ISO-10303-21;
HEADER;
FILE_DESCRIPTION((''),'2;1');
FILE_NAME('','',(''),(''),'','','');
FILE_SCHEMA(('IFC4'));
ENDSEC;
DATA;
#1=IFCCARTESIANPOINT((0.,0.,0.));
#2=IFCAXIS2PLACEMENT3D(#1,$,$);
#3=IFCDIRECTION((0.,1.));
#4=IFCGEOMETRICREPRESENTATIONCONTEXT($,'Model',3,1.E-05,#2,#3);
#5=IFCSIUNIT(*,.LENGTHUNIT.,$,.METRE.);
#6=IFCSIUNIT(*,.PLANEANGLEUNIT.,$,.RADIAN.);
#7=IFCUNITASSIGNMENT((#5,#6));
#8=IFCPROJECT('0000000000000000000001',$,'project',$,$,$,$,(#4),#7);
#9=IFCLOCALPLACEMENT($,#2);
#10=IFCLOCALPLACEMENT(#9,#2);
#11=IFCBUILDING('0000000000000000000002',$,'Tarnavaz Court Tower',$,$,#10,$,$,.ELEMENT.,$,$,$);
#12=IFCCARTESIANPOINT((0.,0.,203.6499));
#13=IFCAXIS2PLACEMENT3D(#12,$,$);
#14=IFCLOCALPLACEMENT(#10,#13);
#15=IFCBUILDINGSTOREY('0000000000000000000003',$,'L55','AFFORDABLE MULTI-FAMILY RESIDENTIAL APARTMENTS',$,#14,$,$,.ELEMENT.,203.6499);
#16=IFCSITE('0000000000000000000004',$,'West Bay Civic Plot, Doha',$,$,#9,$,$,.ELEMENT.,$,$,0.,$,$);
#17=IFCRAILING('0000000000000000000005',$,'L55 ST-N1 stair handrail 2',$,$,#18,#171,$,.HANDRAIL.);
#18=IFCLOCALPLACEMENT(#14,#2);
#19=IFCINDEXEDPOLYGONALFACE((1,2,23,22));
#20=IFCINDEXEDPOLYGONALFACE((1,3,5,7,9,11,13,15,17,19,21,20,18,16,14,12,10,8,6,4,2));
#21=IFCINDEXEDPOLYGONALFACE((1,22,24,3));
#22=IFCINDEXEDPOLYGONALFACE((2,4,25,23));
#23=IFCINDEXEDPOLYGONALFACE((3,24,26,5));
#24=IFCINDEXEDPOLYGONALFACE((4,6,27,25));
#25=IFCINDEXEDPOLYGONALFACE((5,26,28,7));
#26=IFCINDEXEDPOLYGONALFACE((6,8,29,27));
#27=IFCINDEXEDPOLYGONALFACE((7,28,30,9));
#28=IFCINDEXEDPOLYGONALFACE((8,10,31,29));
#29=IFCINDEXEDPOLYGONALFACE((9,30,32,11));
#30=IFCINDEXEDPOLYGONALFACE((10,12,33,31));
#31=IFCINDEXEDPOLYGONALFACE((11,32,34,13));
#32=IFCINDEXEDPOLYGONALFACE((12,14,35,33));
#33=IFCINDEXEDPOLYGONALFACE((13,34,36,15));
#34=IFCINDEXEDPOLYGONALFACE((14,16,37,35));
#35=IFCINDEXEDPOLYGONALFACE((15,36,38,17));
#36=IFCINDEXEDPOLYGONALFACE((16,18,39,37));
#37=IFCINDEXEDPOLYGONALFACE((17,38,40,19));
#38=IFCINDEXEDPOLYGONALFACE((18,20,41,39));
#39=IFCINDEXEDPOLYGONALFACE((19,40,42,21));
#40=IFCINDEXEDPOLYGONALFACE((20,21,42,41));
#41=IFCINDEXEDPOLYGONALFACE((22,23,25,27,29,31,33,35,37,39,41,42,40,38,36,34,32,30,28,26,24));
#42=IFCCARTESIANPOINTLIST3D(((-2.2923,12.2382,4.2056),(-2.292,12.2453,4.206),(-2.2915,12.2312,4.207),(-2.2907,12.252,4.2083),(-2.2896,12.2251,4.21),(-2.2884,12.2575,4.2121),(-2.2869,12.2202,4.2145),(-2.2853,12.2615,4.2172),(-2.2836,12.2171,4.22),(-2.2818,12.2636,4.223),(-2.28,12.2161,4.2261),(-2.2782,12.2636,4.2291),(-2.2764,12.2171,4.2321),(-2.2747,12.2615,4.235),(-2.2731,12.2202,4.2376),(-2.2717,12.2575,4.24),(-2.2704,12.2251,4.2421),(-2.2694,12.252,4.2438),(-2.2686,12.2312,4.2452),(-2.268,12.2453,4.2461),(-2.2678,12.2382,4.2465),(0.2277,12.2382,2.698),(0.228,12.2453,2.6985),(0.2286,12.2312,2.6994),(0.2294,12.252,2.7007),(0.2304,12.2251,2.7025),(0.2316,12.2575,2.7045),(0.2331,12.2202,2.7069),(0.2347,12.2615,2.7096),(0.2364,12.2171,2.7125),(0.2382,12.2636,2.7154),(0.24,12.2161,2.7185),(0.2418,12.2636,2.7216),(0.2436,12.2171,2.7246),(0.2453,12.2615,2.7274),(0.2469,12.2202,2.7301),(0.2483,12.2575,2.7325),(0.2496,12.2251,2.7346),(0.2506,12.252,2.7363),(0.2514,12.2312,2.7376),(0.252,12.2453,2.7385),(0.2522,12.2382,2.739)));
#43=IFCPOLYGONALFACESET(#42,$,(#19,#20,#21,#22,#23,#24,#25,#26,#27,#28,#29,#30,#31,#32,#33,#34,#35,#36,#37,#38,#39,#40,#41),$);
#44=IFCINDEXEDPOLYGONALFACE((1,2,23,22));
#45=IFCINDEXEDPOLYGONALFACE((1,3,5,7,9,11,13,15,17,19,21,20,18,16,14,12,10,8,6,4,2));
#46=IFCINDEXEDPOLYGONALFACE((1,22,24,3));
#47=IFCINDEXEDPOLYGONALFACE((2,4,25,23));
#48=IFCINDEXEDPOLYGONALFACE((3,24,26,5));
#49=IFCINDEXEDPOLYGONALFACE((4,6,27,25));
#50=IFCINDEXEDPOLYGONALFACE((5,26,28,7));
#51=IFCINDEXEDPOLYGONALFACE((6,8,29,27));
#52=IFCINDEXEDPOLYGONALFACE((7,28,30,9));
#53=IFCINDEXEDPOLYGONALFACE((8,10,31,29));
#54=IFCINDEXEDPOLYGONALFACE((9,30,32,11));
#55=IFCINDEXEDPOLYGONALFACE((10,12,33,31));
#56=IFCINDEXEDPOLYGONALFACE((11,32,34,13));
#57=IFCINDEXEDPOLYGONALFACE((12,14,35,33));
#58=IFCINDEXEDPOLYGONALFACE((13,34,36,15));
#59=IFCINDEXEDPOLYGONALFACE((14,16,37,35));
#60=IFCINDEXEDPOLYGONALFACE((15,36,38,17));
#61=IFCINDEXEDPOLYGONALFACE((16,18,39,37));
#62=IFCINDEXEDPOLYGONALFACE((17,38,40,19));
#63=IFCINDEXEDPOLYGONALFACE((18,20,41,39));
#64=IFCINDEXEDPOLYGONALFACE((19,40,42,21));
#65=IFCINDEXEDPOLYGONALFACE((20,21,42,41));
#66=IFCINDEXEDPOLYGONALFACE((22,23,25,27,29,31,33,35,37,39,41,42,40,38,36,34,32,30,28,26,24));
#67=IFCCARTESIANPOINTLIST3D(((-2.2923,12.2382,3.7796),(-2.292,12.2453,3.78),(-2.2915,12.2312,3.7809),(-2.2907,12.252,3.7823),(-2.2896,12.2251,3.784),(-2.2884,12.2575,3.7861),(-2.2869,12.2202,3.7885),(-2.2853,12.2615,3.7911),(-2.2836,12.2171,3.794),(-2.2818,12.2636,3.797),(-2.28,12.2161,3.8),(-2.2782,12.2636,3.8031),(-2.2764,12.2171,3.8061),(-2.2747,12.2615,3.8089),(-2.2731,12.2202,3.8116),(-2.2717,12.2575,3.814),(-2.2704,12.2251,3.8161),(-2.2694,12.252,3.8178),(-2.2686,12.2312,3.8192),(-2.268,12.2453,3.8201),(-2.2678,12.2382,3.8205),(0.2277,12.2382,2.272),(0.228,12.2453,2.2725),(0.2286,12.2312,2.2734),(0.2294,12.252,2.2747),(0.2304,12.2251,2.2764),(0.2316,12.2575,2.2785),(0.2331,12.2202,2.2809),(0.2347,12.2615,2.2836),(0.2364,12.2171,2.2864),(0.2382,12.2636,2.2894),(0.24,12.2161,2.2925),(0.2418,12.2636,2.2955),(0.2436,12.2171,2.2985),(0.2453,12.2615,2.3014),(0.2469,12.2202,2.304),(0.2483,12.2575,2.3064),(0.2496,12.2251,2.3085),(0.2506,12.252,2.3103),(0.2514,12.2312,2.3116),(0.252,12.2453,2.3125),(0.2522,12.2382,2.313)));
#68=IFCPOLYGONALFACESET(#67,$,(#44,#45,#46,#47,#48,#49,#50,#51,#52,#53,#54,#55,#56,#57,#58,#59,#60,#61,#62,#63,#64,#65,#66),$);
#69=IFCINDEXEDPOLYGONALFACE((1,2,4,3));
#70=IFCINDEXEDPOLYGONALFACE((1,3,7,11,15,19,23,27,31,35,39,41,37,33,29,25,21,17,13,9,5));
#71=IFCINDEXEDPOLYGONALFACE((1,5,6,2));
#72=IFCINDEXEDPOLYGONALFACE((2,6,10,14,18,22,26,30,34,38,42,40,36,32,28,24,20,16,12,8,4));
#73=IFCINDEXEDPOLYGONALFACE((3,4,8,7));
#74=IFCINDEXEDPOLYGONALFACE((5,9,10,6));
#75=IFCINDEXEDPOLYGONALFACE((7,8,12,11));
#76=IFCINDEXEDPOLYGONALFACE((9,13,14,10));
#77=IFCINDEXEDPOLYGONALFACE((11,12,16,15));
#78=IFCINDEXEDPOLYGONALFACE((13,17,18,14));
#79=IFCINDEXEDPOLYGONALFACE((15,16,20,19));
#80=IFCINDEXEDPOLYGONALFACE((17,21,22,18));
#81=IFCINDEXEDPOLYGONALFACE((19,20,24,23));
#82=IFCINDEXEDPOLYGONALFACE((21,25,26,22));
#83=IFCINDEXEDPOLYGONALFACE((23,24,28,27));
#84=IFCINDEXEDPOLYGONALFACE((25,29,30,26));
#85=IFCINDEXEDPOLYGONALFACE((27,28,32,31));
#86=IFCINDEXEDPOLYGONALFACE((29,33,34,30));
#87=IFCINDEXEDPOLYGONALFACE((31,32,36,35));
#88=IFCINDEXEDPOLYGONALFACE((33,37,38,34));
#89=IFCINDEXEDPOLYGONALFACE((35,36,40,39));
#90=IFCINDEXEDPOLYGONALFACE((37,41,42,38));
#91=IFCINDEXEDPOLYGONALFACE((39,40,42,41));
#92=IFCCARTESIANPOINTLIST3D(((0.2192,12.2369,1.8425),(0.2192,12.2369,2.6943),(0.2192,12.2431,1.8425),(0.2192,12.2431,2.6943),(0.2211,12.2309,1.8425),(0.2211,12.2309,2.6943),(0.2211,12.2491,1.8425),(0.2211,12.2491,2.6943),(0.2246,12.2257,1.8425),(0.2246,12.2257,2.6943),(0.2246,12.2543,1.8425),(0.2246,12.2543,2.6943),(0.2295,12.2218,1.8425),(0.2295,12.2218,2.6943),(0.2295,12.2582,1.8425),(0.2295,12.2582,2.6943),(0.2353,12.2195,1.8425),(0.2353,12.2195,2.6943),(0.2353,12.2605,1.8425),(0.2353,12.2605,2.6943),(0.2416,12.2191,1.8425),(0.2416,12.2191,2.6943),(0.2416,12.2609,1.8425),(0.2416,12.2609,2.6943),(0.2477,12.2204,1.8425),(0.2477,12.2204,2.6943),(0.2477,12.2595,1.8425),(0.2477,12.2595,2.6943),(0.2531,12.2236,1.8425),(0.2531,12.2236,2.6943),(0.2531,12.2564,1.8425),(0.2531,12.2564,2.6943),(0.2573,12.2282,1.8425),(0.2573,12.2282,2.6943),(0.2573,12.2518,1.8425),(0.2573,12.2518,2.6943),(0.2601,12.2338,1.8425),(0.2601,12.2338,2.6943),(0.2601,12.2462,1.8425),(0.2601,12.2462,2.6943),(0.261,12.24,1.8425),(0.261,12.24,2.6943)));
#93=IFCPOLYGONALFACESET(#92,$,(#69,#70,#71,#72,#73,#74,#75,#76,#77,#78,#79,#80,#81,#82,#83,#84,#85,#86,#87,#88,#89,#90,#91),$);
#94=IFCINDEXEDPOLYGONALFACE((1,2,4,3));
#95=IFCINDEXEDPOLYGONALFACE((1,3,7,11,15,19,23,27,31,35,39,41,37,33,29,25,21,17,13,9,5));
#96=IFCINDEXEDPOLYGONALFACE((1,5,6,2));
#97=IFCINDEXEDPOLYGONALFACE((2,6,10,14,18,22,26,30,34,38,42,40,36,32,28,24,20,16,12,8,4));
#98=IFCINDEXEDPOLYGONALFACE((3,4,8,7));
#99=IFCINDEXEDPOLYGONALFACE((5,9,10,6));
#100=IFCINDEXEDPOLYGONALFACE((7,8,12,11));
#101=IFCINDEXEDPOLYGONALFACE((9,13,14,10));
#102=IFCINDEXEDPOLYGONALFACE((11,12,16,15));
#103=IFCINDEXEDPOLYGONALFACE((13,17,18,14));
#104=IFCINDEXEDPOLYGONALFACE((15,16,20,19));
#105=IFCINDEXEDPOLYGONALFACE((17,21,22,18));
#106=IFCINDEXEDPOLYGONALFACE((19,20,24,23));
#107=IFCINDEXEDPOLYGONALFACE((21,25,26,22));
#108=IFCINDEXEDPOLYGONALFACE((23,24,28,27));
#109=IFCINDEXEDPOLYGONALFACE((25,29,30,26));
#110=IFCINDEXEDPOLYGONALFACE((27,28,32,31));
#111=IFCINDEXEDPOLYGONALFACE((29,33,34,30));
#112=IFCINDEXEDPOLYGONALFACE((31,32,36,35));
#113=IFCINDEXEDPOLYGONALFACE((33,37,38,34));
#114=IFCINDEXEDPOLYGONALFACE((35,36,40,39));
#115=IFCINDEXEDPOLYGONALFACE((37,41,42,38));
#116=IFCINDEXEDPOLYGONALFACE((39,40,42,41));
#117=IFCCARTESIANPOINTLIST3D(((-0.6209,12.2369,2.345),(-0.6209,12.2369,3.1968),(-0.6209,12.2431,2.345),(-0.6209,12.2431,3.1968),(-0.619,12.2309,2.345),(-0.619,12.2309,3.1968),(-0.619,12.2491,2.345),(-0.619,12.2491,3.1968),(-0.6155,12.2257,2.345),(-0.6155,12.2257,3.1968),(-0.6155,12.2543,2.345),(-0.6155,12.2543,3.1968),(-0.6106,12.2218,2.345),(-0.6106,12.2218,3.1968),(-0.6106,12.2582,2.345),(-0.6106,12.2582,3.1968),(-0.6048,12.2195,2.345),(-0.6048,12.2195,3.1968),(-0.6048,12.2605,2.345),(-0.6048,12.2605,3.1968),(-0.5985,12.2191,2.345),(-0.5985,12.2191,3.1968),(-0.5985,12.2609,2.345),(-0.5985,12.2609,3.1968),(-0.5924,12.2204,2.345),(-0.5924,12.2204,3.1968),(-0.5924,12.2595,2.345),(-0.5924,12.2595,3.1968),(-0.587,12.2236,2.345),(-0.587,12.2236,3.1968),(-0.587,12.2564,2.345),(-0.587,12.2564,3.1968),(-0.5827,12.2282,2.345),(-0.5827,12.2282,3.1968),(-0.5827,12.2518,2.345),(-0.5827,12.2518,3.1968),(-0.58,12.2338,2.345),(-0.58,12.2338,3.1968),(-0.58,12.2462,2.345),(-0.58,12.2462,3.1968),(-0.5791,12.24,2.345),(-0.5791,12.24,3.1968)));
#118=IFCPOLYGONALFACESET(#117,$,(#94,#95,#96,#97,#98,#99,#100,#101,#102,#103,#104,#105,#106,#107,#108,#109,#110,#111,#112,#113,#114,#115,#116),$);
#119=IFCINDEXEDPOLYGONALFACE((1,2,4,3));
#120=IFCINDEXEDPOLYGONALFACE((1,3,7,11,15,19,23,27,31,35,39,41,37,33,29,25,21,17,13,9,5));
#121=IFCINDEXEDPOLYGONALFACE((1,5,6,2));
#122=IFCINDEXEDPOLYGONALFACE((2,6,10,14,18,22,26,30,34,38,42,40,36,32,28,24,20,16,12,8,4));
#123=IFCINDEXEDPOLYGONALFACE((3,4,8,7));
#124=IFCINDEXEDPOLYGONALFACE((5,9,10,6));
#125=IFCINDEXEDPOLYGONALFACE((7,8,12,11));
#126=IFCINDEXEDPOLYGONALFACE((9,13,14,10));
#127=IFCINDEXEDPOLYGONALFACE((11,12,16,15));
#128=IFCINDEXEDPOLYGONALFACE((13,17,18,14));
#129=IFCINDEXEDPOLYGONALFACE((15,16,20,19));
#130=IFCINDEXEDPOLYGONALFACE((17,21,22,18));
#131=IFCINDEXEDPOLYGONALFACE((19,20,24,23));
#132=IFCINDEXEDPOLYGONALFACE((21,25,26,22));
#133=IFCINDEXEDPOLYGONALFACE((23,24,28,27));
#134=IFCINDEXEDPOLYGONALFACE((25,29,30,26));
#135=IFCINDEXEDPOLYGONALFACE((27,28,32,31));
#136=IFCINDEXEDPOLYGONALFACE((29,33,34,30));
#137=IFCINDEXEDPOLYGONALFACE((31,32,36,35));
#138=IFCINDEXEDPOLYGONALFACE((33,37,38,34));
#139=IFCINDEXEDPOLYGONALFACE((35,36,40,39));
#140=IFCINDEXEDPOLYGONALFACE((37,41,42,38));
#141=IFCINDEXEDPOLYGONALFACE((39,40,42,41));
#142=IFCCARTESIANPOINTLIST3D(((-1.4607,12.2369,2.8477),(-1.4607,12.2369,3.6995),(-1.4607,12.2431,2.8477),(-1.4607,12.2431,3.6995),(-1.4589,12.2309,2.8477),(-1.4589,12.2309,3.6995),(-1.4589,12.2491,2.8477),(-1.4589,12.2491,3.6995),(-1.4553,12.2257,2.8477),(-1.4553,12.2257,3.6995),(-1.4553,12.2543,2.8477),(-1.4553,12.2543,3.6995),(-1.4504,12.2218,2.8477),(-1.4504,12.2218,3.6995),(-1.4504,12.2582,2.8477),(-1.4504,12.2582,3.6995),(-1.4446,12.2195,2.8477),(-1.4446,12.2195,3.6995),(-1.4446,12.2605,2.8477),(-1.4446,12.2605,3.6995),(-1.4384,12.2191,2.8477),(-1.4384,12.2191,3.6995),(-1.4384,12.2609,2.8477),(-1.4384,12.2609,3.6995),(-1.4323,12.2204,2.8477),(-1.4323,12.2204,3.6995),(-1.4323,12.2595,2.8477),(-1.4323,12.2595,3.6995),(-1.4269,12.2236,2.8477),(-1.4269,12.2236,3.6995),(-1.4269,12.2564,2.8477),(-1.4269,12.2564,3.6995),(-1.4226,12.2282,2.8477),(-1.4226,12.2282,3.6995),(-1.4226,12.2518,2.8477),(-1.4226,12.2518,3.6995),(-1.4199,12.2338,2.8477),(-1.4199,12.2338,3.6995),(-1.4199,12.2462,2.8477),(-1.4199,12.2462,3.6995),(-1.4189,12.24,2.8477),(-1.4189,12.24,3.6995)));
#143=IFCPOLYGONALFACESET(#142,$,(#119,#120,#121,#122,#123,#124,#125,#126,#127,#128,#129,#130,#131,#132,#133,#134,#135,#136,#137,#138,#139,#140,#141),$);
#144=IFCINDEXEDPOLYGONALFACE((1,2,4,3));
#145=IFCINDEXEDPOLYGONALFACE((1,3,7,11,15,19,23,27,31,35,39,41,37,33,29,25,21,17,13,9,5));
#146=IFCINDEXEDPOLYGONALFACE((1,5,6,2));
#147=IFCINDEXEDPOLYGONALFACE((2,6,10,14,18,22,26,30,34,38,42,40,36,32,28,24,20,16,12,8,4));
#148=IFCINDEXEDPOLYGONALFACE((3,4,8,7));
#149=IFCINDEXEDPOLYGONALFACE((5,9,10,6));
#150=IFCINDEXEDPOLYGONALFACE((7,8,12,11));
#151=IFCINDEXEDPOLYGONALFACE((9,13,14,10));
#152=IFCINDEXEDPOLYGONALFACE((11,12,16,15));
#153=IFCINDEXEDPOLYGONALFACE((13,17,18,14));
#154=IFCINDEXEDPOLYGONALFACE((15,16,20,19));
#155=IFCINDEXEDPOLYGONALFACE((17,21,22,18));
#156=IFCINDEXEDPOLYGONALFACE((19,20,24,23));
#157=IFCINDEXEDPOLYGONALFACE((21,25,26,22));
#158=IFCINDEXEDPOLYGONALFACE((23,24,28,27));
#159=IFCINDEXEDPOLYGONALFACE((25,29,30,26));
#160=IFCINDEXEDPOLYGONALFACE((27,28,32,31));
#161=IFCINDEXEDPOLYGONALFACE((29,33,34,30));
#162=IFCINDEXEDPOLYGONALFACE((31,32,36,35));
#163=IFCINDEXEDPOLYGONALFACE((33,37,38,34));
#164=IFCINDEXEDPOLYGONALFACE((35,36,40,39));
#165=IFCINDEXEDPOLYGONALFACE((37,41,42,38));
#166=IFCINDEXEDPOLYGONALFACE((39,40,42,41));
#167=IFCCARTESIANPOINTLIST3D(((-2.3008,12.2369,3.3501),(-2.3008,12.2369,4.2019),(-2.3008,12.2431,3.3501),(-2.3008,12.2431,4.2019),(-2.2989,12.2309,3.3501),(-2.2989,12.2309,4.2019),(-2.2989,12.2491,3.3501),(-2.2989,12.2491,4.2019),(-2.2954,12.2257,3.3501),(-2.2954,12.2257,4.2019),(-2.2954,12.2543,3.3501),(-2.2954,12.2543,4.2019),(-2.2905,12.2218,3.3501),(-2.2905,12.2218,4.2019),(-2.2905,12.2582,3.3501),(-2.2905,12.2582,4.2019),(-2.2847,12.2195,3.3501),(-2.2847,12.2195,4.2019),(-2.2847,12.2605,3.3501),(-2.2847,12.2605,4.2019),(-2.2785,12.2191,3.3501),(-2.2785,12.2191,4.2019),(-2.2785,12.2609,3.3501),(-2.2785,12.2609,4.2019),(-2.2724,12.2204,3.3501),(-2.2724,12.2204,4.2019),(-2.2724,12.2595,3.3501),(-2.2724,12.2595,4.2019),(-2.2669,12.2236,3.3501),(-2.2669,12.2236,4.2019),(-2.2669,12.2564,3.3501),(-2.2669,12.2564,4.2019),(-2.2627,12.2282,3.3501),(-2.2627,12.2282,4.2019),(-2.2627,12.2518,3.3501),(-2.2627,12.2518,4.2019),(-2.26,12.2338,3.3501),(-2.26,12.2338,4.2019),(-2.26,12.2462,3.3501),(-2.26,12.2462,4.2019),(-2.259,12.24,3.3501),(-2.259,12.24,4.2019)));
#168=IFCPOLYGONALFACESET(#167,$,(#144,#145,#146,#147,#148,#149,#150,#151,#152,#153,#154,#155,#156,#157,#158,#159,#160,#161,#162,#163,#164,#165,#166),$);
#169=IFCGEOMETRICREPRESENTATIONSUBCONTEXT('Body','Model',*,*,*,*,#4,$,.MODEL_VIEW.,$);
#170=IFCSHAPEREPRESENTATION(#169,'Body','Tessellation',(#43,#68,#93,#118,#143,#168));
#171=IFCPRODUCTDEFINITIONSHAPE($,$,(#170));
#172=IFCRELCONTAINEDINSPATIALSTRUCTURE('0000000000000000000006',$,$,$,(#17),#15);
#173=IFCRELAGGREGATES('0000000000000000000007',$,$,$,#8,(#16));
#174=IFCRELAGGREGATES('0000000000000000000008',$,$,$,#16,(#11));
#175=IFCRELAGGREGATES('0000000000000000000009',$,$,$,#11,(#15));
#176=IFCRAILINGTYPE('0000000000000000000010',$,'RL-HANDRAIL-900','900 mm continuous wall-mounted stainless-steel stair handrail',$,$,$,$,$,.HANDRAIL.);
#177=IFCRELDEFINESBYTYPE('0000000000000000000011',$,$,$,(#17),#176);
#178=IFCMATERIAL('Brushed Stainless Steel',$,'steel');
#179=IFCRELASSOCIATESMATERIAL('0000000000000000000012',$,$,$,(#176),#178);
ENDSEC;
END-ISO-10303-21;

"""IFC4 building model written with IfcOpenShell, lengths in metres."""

from ifc_helpers import new_model, si_unit, direction, frame, origin, origin_2d, place, context, subcontext, project, spatial, circle, extrude, material, type_object, element, save


model = new_model("IFC4")

# Units and contexts
model_context = context("Model", 3, precision=1e-05, world=origin(), true_north=direction((0.0, 1.0)))
body_context = subcontext(model_context, "Body", "Model", "MODEL_VIEW")
ifc_project = project(units=[si_unit("LENGTHUNIT", "METRE"), si_unit("PLANEANGLEUNIT", "RADIAN")], contexts=[model_context])

# Site, building, storey
site_placement = place(None, origin())
site = spatial("IfcSite", under=ifc_project, at=site_placement, Name="West Bay Civic Plot, Doha", CompositionType="ELEMENT", RefElevation=0.0)
building_placement = place(site_placement, origin())
building = spatial("IfcBuilding", under=site, at=building_placement, Name="Tarnavaz Court Tower", CompositionType="ELEMENT")
storey_placement = place(building_placement, frame((0.0, 0.0, 203.6499)))
storey = spatial("IfcBuildingStorey", under=building, at=storey_placement, Name="L55", Description="AFFORDABLE MULTI-FAMILY RESIDENTIAL APARTMENTS", CompositionType="ELEMENT", Elevation=203.6499)

# Railing
ifc_material_1 = material(Name="Brushed Stainless Steel", Category="steel")
railing_type_1 = type_object("IfcRailingType", Name="RL-HANDRAIL-900", Description="900 mm continuous wall-mounted stainless-steel stair handrail", PredefinedType="HANDRAIL", material=ifc_material_1)
railing_1_placement = place(storey_placement, frame((0.24, 12.24, 1.8425)))
element("IfcRailing", 1, at=railing_1_placement, inside=storey, type_object=railing_type_1, Name="L55 ST-N1 stair handrail 2", PredefinedType="HANDRAIL", context=body_context, shape_type="SweptSolid", body=[
    extrude(circle(Radius=0.0239, at=origin_2d()), frame((0.0, 0.0, 0.876), z_axis=(-0.85816, 0.0, 0.513383), x_axis=(0.0, -1.0, 0.0)), (0.0, 0.0, 1.0), 2.9365),
    extrude(circle(Radius=0.0239, at=origin_2d()), frame((0.0, 0.0, 0.45), z_axis=(-0.85816, 0.0, 0.513383), x_axis=(0.0, -1.0, 0.0)), (0.0, 0.0, 1.0), 2.9365),
    extrude(circle(Radius=0.021, at=origin_2d()), origin(), (0.0, 0.0, 1.0), 0.8518),
    extrude(circle(Radius=0.021, at=origin_2d()), frame((-0.8401, 0.0, 0.5024)), (0.0, 0.0, 1.0), 0.8518),
    extrude(circle(Radius=0.021, at=origin_2d()), frame((-1.6799, 0.0, 1.0051)), (0.0, 0.0, 1.0), 0.8518),
    extrude(circle(Radius=0.021, at=origin_2d()), frame((-2.52, 0.0, 1.5076)), (0.0, 0.0, 1.0), 0.8518),
])

save(model, "model.ifc")
